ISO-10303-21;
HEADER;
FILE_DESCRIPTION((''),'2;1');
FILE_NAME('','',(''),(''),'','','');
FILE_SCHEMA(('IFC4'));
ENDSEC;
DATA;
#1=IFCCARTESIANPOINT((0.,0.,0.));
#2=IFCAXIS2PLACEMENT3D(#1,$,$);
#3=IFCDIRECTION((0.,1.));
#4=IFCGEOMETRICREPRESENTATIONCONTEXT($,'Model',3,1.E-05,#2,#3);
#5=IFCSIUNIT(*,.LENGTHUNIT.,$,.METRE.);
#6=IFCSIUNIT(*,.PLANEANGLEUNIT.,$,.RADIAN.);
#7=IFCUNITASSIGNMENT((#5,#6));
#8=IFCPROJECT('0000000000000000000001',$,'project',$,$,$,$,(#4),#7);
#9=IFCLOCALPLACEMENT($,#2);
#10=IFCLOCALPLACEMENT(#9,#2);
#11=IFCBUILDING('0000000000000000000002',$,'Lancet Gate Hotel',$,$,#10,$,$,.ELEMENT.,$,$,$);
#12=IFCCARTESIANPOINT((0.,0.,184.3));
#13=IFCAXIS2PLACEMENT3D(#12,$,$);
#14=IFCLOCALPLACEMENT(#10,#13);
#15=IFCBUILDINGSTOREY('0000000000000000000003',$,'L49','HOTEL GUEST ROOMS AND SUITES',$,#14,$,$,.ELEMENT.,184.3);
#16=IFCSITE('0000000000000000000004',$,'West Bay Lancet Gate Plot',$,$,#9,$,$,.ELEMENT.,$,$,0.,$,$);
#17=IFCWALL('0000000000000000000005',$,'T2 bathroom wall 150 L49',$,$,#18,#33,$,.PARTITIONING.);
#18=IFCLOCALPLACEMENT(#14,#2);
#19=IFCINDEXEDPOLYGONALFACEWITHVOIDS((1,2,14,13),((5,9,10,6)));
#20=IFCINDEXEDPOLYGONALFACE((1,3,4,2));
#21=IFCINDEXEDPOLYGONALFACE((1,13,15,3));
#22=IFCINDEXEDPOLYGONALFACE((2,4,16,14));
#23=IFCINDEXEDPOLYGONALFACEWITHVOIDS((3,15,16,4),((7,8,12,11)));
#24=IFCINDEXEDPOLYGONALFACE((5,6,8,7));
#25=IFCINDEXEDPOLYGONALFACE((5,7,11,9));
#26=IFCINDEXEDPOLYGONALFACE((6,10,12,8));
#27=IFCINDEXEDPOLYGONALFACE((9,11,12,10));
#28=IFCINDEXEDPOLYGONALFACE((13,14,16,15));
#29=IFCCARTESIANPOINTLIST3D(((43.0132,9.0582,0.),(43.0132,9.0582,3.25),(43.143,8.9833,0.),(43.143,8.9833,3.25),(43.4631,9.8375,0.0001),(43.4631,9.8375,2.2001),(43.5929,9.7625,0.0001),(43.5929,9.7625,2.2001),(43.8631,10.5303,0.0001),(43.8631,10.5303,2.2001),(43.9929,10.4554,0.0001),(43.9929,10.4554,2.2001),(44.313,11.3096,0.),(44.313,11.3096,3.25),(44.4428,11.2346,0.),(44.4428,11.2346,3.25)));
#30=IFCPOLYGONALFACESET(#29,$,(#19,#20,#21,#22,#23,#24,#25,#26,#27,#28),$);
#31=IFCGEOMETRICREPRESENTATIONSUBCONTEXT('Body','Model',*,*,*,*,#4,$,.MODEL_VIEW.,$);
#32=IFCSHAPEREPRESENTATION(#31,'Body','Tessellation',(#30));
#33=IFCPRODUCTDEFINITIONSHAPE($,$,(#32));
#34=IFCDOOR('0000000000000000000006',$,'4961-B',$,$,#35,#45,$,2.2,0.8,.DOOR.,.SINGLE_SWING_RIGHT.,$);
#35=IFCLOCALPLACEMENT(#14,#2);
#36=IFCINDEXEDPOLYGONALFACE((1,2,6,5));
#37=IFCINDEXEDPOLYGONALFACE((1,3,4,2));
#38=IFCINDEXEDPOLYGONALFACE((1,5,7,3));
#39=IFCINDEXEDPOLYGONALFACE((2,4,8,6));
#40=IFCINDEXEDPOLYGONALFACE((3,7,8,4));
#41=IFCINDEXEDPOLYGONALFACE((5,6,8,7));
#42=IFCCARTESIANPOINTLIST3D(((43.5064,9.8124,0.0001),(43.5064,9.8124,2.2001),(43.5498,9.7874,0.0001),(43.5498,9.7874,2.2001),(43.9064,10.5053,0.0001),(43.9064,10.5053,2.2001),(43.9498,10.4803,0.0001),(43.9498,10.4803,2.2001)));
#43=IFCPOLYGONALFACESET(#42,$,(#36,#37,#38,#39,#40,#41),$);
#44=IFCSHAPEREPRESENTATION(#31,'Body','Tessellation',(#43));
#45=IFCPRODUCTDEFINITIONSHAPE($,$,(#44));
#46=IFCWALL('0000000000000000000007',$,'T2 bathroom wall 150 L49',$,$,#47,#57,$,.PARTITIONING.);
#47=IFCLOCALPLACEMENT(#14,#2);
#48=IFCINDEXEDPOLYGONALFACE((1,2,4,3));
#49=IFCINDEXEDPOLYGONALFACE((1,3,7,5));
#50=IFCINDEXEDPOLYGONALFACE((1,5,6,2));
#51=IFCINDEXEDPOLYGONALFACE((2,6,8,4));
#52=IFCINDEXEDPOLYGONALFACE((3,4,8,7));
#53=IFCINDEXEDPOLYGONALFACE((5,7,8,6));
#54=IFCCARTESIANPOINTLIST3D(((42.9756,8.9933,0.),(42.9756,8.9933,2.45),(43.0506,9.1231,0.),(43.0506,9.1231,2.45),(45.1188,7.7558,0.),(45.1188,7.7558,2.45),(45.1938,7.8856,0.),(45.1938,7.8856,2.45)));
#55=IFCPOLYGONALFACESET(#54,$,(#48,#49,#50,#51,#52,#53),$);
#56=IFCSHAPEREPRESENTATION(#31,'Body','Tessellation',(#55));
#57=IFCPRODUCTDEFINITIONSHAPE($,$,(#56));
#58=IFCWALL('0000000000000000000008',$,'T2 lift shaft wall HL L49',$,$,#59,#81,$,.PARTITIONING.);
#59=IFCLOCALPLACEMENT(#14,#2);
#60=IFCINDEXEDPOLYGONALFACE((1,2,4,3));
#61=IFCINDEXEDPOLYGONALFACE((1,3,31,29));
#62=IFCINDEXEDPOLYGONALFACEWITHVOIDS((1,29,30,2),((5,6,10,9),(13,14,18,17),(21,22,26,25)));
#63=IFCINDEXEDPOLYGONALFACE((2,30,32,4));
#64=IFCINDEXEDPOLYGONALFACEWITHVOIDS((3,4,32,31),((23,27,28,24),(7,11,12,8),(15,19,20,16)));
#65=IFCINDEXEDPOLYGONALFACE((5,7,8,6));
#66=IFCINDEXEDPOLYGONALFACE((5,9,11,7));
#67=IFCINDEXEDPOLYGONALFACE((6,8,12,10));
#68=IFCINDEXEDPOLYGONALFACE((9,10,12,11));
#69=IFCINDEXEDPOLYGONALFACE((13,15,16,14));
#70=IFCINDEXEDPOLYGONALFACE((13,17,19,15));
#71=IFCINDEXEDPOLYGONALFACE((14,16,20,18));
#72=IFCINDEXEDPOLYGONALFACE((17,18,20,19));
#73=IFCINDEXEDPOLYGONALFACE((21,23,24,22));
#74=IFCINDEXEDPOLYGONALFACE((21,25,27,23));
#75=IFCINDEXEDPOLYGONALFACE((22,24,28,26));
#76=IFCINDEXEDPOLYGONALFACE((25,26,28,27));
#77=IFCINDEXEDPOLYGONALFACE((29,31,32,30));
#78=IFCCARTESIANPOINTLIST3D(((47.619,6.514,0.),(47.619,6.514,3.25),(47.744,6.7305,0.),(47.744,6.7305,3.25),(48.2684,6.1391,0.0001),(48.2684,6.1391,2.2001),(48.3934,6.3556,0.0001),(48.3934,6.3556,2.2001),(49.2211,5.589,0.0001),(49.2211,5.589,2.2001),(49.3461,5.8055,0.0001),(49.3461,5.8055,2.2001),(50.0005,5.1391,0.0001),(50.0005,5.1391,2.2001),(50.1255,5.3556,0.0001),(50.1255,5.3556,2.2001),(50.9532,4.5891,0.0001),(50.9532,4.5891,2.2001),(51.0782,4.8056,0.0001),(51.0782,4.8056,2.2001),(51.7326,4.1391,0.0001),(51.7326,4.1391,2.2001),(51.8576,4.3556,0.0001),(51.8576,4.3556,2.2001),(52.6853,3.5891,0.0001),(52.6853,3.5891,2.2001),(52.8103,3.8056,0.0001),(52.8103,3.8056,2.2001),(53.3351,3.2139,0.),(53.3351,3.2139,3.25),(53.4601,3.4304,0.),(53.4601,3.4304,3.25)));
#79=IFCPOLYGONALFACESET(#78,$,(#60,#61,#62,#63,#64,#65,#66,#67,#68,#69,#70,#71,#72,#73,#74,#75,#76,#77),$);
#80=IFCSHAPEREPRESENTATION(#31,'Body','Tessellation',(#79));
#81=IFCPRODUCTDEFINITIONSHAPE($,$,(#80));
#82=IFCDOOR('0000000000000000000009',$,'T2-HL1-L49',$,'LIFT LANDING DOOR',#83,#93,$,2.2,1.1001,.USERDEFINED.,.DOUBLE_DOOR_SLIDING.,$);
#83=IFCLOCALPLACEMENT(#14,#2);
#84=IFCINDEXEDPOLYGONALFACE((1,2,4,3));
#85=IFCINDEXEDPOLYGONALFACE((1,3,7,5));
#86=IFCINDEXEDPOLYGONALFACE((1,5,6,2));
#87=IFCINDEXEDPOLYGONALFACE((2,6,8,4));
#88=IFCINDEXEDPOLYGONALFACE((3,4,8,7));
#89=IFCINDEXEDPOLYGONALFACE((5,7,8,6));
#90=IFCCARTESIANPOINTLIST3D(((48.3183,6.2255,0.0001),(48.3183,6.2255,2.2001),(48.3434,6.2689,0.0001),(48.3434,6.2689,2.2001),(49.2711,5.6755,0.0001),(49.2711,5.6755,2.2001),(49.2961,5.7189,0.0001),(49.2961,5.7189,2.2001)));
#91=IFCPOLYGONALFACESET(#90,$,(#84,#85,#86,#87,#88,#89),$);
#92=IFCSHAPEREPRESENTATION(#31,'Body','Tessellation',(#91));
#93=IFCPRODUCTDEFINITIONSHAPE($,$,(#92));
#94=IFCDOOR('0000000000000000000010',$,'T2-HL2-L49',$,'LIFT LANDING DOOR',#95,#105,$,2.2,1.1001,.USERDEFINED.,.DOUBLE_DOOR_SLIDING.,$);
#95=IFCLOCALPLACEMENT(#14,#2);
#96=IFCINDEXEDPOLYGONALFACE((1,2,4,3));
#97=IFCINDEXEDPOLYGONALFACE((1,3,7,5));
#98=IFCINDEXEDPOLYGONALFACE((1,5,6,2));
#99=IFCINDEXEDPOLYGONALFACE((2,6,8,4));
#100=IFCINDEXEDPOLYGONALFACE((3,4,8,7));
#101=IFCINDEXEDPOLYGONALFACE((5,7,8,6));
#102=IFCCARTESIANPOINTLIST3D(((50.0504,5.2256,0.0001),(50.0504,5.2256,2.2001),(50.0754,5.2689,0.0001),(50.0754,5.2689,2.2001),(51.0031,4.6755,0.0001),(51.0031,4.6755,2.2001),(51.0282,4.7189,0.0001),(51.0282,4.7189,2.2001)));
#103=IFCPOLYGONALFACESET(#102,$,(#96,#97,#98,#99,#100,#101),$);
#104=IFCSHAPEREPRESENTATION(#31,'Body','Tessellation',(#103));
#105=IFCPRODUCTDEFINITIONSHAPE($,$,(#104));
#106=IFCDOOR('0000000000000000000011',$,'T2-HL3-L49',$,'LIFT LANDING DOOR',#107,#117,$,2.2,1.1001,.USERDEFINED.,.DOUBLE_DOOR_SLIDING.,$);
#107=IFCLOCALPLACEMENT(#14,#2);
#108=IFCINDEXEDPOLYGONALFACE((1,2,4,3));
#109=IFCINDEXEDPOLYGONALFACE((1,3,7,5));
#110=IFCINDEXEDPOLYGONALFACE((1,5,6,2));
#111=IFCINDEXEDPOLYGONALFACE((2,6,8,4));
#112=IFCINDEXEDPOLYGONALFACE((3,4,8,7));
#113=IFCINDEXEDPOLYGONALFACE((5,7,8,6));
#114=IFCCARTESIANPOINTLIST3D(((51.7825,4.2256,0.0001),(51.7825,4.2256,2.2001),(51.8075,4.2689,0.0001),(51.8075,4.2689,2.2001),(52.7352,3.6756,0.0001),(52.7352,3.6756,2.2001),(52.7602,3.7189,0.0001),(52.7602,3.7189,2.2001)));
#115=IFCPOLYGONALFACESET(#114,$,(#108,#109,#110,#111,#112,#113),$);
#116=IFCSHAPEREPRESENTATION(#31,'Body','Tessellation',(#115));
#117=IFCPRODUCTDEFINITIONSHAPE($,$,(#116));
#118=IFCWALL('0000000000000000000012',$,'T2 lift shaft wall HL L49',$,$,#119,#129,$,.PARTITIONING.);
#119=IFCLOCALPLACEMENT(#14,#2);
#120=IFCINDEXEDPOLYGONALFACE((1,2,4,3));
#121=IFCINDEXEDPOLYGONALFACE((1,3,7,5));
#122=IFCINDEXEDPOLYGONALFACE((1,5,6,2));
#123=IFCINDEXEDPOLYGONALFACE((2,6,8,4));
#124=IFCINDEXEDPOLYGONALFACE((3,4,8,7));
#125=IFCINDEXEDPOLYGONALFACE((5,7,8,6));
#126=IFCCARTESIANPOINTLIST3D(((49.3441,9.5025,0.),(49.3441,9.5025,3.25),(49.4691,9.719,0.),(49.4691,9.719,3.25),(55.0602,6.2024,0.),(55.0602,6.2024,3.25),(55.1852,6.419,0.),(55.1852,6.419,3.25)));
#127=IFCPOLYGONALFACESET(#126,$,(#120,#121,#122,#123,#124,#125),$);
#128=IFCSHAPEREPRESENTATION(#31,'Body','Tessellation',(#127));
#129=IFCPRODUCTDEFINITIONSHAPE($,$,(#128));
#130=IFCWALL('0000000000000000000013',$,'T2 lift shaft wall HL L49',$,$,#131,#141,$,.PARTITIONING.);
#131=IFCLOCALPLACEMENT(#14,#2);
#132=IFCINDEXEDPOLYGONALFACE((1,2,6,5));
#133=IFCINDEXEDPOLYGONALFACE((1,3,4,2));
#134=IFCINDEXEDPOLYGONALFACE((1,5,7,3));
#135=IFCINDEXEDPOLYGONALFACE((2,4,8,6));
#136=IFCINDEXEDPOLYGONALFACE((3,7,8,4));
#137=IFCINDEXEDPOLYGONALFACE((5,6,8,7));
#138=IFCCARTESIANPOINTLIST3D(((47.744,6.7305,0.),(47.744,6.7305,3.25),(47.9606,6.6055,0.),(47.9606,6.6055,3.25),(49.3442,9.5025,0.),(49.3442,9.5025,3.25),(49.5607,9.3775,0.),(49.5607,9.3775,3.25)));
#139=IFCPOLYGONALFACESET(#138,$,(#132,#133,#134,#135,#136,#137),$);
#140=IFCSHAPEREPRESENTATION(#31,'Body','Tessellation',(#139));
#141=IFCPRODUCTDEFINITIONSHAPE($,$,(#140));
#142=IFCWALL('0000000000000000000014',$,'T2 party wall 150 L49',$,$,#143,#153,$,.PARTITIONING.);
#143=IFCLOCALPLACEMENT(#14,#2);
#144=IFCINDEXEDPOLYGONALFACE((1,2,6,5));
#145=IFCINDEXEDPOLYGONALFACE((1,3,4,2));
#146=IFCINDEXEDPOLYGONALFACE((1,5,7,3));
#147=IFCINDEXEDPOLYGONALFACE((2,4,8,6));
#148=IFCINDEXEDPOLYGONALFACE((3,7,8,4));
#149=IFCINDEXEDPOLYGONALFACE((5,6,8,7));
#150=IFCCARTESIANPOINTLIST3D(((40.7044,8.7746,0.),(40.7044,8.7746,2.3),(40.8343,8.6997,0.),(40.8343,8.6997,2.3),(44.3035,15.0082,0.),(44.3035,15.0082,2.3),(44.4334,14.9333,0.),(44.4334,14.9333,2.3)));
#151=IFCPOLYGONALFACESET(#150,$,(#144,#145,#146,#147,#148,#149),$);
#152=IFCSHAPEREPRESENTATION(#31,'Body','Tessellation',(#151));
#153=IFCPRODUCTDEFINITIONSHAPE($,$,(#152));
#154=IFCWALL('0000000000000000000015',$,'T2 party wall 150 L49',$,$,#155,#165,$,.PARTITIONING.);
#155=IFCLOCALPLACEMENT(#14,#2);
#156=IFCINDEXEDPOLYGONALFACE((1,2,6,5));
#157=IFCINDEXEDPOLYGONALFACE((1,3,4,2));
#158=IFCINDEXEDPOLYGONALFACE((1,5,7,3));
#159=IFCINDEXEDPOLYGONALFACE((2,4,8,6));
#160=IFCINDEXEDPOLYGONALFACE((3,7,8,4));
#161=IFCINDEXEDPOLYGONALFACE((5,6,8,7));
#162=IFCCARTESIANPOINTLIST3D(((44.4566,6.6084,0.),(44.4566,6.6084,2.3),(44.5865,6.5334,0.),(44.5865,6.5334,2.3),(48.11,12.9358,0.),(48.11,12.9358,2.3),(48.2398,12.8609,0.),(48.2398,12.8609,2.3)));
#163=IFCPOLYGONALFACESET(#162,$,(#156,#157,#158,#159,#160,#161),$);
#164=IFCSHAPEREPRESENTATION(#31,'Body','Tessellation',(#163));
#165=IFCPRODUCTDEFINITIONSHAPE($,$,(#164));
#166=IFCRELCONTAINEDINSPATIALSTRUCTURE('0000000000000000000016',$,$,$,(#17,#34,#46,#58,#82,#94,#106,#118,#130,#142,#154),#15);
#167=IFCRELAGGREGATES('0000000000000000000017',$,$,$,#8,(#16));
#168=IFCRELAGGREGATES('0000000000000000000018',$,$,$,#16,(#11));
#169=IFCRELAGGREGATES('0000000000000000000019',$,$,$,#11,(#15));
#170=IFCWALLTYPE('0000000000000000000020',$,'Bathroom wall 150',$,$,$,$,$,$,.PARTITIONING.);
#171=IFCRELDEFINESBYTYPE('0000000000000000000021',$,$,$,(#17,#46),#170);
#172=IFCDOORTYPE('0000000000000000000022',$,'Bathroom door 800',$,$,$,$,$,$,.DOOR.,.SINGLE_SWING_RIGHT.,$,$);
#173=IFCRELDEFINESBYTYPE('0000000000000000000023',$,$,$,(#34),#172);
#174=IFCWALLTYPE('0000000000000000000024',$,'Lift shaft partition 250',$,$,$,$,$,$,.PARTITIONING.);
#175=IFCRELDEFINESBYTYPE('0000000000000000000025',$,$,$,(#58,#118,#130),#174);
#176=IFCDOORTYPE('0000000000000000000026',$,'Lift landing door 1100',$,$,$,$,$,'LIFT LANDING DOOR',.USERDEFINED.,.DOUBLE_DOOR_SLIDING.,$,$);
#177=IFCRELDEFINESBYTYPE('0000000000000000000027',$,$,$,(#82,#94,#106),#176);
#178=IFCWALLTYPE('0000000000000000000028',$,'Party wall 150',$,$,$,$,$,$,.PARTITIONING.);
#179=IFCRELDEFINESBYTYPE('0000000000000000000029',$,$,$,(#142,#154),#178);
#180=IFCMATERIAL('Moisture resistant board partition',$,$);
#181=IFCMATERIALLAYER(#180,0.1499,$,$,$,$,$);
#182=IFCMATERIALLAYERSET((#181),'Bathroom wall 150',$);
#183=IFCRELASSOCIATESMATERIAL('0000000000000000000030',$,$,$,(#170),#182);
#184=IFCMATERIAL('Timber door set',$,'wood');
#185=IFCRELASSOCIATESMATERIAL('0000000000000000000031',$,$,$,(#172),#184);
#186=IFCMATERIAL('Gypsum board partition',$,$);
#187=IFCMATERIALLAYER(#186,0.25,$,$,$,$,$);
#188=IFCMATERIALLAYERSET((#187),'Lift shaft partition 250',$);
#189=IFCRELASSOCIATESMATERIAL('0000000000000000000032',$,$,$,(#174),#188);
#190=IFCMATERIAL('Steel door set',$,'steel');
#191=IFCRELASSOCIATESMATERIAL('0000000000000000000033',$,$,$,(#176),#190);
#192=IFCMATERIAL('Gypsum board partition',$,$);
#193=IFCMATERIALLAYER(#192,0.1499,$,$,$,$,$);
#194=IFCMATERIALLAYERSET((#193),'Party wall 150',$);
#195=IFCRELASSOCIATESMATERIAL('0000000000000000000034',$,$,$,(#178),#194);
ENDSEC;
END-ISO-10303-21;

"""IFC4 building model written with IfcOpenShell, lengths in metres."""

from ifc_helpers import new_model, si_unit, direction, frame, frame_2d, origin, place, context, subcontext, project, spatial, rectangle, extrude, material, layer, layer_set, type_object, element, fill, save


model = new_model("IFC4")

# Units and contexts
model_context = context("Model", 3, precision=1e-05, world=origin(), true_north=direction((0.0, 1.0)))
body_context = subcontext(model_context, "Body", "Model", "MODEL_VIEW")
ifc_project = project(units=[si_unit("LENGTHUNIT", "METRE"), si_unit("PLANEANGLEUNIT", "RADIAN")], contexts=[model_context])

# Site, building, storey
site_placement = place(None, origin())
site = spatial("IfcSite", under=ifc_project, at=site_placement, Name="West Bay Lancet Gate Plot", CompositionType="ELEMENT", RefElevation=0.0)
building_placement = place(site_placement, origin())
building = spatial("IfcBuilding", under=site, at=building_placement, Name="Lancet Gate Hotel", CompositionType="ELEMENT")
storey_placement = place(building_placement, frame((0.0, 0.0, 184.3)))
storey = spatial("IfcBuildingStorey", under=building, at=storey_placement, Name="L49", Description="HOTEL GUEST ROOMS AND SUITES", CompositionType="ELEMENT", Elevation=184.3)

# Shared definitions
ifc_material_1 = material(Name="Moisture resistant board partition")
ifc_layer_1 = layer(ifc_material_1, 0.1499)
ifc_layer_set_1 = layer_set([ifc_layer_1], Name="Bathroom wall 150")
wall_type_1 = type_object("IfcWallType", Name="Bathroom wall 150", PredefinedType="PARTITIONING", material=ifc_layer_set_1)

# Wall, opening, door
wall_1_placement = place(storey_placement, frame((43.0781, 9.0208, 0.0), z_axis=(0.0, 0.0, 1.0), x_axis=(0.499977, 0.866039, 0.0)))
wall_1 = element("IfcWall", 1, at=wall_1_placement, inside=storey, type_object=wall_type_1, Name="T2 bathroom wall 150 L49", PredefinedType="PARTITIONING", context=body_context, shape_type="SweptSolid", body=[
    extrude(rectangle(XDim=2.5996, YDim=0.1499, at=frame_2d((1.2998, 0.0))), origin(), (0.0, 0.0, 1.0), 3.25),
])
opening_1_placement = place(wall_1_placement, frame((0.8999, 0.0, 0.0)))
opening_1 = element("IfcOpeningElement", 2, at=opening_1_placement, cuts=wall_1, PredefinedType="OPENING", context=body_context, shape_type="SweptSolid", body=[
    extrude(rectangle(XDim=0.8, YDim=2.2, at=frame_2d((0.3999, 1.1001))), frame((0.0, 0.085, 0.0), z_axis=(0.0, -1.0, 0.0), x_axis=(1.0, 0.0, 0.0)), (0.0, 0.0, 1.0), 0.1699),
])
ifc_material_2 = material(Name="Timber door set", Category="wood")
door_type_1 = type_object("IfcDoorType", Name="Bathroom door 800", OperationType="SINGLE_SWING_RIGHT", PredefinedType="DOOR", material=ifc_material_2)
door_1_placement = place(opening_1_placement, origin())
door_1 = element("IfcDoor", 3, at=door_1_placement, inside=storey, type_object=door_type_1, Name="4961-B", OperationType="SINGLE_SWING_RIGHT", OverallHeight=2.2, OverallWidth=0.8, PredefinedType="DOOR", context=body_context, shape_type="SweptSolid", body=[
    extrude(rectangle(XDim=0.8, YDim=2.2, at=frame_2d((0.3999, 1.1001))), frame((0.0, 0.0249, 0.0), z_axis=(0.0, -1.0, 0.0), x_axis=(1.0, 0.0, 0.0)), (0.0, 0.0, 1.0), 0.05),
])
fill(opening_1, door_1)

# Wall
wall_2_placement = place(storey_placement, frame((43.0132, 9.0581, 0.0), z_axis=(0.0, 0.0, 1.0), x_axis=(0.866007, -0.500033, 0.0)))
element("IfcWall", 4, at=wall_2_placement, inside=storey, type_object=wall_type_1, Name="T2 bathroom wall 150 L49", PredefinedType="PARTITIONING", context=body_context, shape_type="SweptSolid", body=[
    extrude(rectangle(XDim=2.4749, YDim=0.1499, at=frame_2d((1.2373, 0.0))), origin(), (0.0, 0.0, 1.0), 2.45),
])

# Wall, openings, doors
ifc_material_3 = material(Name="Gypsum board partition")
ifc_layer_2 = layer(ifc_material_3, 0.25)
ifc_layer_set_2 = layer_set([ifc_layer_2], Name="Lift shaft partition 250")
wall_type_2 = type_object("IfcWallType", Name="Lift shaft partition 250", PredefinedType="PARTITIONING", material=ifc_layer_set_2)
wall_3_placement = place(storey_placement, frame((47.6814, 6.6223, 0.0), z_axis=(0.0, 0.0, 1.0), x_axis=(0.866033, -0.499986, 0.0)))
wall_3 = element("IfcWall", 5, at=wall_3_placement, inside=storey, type_object=wall_type_2, Name="T2 lift shaft wall HL L49", PredefinedType="PARTITIONING", context=body_context, shape_type="SweptSolid", body=[
    extrude(rectangle(XDim=6.6003, YDim=0.25, at=frame_2d((3.3003, 0.0))), origin(), (0.0, 0.0, 1.0), 3.25),
])
opening_2_placement = place(wall_3_placement, frame((0.75, 0.0, 0.0)))
opening_2 = element("IfcOpeningElement", 6, at=opening_2_placement, cuts=wall_3, PredefinedType="OPENING", context=body_context, shape_type="SweptSolid", body=[
    extrude(rectangle(XDim=1.1001, YDim=2.2, at=frame_2d((0.55, 1.1001))), frame((0.0, 0.135, 0.0), z_axis=(0.0, -1.0, 0.0), x_axis=(1.0, 0.0, 0.0)), (0.0, 0.0, 1.0), 0.27),
])
opening_3_placement = place(wall_3_placement, frame((2.75, 0.0, 0.0)))
opening_3 = element("IfcOpeningElement", 7, at=opening_3_placement, cuts=wall_3, PredefinedType="OPENING", context=body_context, shape_type="SweptSolid", body=[
    extrude(rectangle(XDim=1.1001, YDim=2.2, at=frame_2d((0.55, 1.1001))), frame((0.0, 0.135, 0.0), z_axis=(0.0, -1.0, 0.0), x_axis=(1.0, 0.0, 0.0)), (0.0, 0.0, 1.0), 0.27),
])
opening_4_placement = place(wall_3_placement, frame((4.75, 0.0, 0.0)))
opening_4 = element("IfcOpeningElement", 8, at=opening_4_placement, cuts=wall_3, PredefinedType="OPENING", context=body_context, shape_type="SweptSolid", body=[
    extrude(rectangle(XDim=1.1001, YDim=2.2, at=frame_2d((0.55, 1.1001))), frame((0.0, 0.135, 0.0), z_axis=(0.0, -1.0, 0.0), x_axis=(1.0, 0.0, 0.0)), (0.0, 0.0, 1.0), 0.27),
])
ifc_material_4 = material(Name="Steel door set", Category="steel")
door_type_2 = type_object("IfcDoorType", Name="Lift landing door 1100", ElementType="LIFT LANDING DOOR", OperationType="DOUBLE_DOOR_SLIDING", PredefinedType="USERDEFINED", material=ifc_material_4)
door_2_placement = place(opening_2_placement, origin())
door_2 = element("IfcDoor", 9, at=door_2_placement, inside=storey, type_object=door_type_2, Name="T2-HL1-L49", ObjectType="LIFT LANDING DOOR", OperationType="DOUBLE_DOOR_SLIDING", OverallHeight=2.2, OverallWidth=1.1001, PredefinedType="USERDEFINED", context=body_context, shape_type="SweptSolid", body=[
    extrude(rectangle(XDim=1.1001, YDim=2.2, at=frame_2d((0.55, 1.1001))), frame((0.0, 0.0249, 0.0), z_axis=(0.0, -1.0, 0.0), x_axis=(1.0, 0.0, 0.0)), (0.0, 0.0, 1.0), 0.05),
])
fill(opening_2, door_2)
door_3_placement = place(opening_3_placement, origin())
door_3 = element("IfcDoor", 10, at=door_3_placement, inside=storey, type_object=door_type_2, Name="T2-HL2-L49", ObjectType="LIFT LANDING DOOR", OperationType="DOUBLE_DOOR_SLIDING", OverallHeight=2.2, OverallWidth=1.1001, PredefinedType="USERDEFINED", context=body_context, shape_type="SweptSolid", body=[
    extrude(rectangle(XDim=1.1001, YDim=2.2, at=frame_2d((0.55, 1.1001))), frame((0.0, 0.0249, 0.0), z_axis=(0.0, -1.0, 0.0), x_axis=(1.0, 0.0, 0.0)), (0.0, 0.0, 1.0), 0.05),
])
fill(opening_3, door_3)
door_4_placement = place(opening_4_placement, origin())
door_4 = element("IfcDoor", 11, at=door_4_placement, inside=storey, type_object=door_type_2, Name="T2-HL3-L49", ObjectType="LIFT LANDING DOOR", OperationType="DOUBLE_DOOR_SLIDING", OverallHeight=2.2, OverallWidth=1.1001, PredefinedType="USERDEFINED", context=body_context, shape_type="SweptSolid", body=[
    extrude(rectangle(XDim=1.1001, YDim=2.2, at=frame_2d((0.55, 1.1001))), frame((0.0, 0.0249, 0.0), z_axis=(0.0, -1.0, 0.0), x_axis=(1.0, 0.0, 0.0)), (0.0, 0.0, 1.0), 0.05),
])
fill(opening_4, door_4)

# Walls
wall_4_placement = place(storey_placement, frame((49.4065, 9.6108, 0.0), z_axis=(0.0, 0.0, 1.0), x_axis=(0.866033, -0.499986, 0.0)))
element("IfcWall", 12, at=wall_4_placement, inside=storey, type_object=wall_type_2, Name="T2 lift shaft wall HL L49", PredefinedType="PARTITIONING", context=body_context, shape_type="SweptSolid", body=[
    extrude(rectangle(XDim=6.6003, YDim=0.25, at=frame_2d((3.3003, 0.0))), origin(), (0.0, 0.0, 1.0), 3.25),
])
wall_5_placement = place(storey_placement, frame((47.8523, 6.668, 0.0), z_axis=(0.0, 0.0, 1.0), x_axis=(0.499929, 0.866066, 0.0)))
element("IfcWall", 13, at=wall_5_placement, inside=storey, type_object=wall_type_2, Name="T2 lift shaft wall HL L49", PredefinedType="PARTITIONING", context=body_context, shape_type="SweptSolid", body=[
    extrude(rectangle(XDim=3.2007, YDim=0.25, at=frame_2d((1.6003, 0.0))), origin(), (0.0, 0.0, 1.0), 3.25),
])
ifc_material_5 = material(Name="Gypsum board partition")
ifc_layer_3 = layer(ifc_material_5, 0.1499)
ifc_layer_set_3 = layer_set([ifc_layer_3], Name="Party wall 150")
wall_type_3 = type_object("IfcWallType", Name="Party wall 150", PredefinedType="PARTITIONING", material=ifc_layer_set_3)
wall_6_placement = place(storey_placement, frame((40.7693, 8.7371, 0.0), z_axis=(0.0, 0.0, 1.0), x_axis=(0.500013, 0.866018, 0.0)))
element("IfcWall", 14, at=wall_6_placement, inside=storey, type_object=wall_type_3, Name="T2 party wall 150 L49", PredefinedType="PARTITIONING", context=body_context, shape_type="SweptSolid", body=[
    extrude(rectangle(XDim=7.198, YDim=0.1499, at=frame_2d((3.5991, 0.0))), origin(), (0.0, 0.0, 1.0), 2.3),
])
wall_7_placement = place(storey_placement, frame((44.5215, 6.5708, 0.0), z_axis=(0.0, 0.0, 1.0), x_axis=(0.50002, 0.866014, 0.0)))
element("IfcWall", 15, at=wall_7_placement, inside=storey, type_object=wall_type_3, Name="T2 party wall 150 L49", PredefinedType="PARTITIONING", context=body_context, shape_type="SweptSolid", body=[
    extrude(rectangle(XDim=7.3064, YDim=0.1499, at=frame_2d((3.6533, 0.0))), origin(), (0.0, 0.0, 1.0), 2.3),
])

save(model, "model.ifc")
